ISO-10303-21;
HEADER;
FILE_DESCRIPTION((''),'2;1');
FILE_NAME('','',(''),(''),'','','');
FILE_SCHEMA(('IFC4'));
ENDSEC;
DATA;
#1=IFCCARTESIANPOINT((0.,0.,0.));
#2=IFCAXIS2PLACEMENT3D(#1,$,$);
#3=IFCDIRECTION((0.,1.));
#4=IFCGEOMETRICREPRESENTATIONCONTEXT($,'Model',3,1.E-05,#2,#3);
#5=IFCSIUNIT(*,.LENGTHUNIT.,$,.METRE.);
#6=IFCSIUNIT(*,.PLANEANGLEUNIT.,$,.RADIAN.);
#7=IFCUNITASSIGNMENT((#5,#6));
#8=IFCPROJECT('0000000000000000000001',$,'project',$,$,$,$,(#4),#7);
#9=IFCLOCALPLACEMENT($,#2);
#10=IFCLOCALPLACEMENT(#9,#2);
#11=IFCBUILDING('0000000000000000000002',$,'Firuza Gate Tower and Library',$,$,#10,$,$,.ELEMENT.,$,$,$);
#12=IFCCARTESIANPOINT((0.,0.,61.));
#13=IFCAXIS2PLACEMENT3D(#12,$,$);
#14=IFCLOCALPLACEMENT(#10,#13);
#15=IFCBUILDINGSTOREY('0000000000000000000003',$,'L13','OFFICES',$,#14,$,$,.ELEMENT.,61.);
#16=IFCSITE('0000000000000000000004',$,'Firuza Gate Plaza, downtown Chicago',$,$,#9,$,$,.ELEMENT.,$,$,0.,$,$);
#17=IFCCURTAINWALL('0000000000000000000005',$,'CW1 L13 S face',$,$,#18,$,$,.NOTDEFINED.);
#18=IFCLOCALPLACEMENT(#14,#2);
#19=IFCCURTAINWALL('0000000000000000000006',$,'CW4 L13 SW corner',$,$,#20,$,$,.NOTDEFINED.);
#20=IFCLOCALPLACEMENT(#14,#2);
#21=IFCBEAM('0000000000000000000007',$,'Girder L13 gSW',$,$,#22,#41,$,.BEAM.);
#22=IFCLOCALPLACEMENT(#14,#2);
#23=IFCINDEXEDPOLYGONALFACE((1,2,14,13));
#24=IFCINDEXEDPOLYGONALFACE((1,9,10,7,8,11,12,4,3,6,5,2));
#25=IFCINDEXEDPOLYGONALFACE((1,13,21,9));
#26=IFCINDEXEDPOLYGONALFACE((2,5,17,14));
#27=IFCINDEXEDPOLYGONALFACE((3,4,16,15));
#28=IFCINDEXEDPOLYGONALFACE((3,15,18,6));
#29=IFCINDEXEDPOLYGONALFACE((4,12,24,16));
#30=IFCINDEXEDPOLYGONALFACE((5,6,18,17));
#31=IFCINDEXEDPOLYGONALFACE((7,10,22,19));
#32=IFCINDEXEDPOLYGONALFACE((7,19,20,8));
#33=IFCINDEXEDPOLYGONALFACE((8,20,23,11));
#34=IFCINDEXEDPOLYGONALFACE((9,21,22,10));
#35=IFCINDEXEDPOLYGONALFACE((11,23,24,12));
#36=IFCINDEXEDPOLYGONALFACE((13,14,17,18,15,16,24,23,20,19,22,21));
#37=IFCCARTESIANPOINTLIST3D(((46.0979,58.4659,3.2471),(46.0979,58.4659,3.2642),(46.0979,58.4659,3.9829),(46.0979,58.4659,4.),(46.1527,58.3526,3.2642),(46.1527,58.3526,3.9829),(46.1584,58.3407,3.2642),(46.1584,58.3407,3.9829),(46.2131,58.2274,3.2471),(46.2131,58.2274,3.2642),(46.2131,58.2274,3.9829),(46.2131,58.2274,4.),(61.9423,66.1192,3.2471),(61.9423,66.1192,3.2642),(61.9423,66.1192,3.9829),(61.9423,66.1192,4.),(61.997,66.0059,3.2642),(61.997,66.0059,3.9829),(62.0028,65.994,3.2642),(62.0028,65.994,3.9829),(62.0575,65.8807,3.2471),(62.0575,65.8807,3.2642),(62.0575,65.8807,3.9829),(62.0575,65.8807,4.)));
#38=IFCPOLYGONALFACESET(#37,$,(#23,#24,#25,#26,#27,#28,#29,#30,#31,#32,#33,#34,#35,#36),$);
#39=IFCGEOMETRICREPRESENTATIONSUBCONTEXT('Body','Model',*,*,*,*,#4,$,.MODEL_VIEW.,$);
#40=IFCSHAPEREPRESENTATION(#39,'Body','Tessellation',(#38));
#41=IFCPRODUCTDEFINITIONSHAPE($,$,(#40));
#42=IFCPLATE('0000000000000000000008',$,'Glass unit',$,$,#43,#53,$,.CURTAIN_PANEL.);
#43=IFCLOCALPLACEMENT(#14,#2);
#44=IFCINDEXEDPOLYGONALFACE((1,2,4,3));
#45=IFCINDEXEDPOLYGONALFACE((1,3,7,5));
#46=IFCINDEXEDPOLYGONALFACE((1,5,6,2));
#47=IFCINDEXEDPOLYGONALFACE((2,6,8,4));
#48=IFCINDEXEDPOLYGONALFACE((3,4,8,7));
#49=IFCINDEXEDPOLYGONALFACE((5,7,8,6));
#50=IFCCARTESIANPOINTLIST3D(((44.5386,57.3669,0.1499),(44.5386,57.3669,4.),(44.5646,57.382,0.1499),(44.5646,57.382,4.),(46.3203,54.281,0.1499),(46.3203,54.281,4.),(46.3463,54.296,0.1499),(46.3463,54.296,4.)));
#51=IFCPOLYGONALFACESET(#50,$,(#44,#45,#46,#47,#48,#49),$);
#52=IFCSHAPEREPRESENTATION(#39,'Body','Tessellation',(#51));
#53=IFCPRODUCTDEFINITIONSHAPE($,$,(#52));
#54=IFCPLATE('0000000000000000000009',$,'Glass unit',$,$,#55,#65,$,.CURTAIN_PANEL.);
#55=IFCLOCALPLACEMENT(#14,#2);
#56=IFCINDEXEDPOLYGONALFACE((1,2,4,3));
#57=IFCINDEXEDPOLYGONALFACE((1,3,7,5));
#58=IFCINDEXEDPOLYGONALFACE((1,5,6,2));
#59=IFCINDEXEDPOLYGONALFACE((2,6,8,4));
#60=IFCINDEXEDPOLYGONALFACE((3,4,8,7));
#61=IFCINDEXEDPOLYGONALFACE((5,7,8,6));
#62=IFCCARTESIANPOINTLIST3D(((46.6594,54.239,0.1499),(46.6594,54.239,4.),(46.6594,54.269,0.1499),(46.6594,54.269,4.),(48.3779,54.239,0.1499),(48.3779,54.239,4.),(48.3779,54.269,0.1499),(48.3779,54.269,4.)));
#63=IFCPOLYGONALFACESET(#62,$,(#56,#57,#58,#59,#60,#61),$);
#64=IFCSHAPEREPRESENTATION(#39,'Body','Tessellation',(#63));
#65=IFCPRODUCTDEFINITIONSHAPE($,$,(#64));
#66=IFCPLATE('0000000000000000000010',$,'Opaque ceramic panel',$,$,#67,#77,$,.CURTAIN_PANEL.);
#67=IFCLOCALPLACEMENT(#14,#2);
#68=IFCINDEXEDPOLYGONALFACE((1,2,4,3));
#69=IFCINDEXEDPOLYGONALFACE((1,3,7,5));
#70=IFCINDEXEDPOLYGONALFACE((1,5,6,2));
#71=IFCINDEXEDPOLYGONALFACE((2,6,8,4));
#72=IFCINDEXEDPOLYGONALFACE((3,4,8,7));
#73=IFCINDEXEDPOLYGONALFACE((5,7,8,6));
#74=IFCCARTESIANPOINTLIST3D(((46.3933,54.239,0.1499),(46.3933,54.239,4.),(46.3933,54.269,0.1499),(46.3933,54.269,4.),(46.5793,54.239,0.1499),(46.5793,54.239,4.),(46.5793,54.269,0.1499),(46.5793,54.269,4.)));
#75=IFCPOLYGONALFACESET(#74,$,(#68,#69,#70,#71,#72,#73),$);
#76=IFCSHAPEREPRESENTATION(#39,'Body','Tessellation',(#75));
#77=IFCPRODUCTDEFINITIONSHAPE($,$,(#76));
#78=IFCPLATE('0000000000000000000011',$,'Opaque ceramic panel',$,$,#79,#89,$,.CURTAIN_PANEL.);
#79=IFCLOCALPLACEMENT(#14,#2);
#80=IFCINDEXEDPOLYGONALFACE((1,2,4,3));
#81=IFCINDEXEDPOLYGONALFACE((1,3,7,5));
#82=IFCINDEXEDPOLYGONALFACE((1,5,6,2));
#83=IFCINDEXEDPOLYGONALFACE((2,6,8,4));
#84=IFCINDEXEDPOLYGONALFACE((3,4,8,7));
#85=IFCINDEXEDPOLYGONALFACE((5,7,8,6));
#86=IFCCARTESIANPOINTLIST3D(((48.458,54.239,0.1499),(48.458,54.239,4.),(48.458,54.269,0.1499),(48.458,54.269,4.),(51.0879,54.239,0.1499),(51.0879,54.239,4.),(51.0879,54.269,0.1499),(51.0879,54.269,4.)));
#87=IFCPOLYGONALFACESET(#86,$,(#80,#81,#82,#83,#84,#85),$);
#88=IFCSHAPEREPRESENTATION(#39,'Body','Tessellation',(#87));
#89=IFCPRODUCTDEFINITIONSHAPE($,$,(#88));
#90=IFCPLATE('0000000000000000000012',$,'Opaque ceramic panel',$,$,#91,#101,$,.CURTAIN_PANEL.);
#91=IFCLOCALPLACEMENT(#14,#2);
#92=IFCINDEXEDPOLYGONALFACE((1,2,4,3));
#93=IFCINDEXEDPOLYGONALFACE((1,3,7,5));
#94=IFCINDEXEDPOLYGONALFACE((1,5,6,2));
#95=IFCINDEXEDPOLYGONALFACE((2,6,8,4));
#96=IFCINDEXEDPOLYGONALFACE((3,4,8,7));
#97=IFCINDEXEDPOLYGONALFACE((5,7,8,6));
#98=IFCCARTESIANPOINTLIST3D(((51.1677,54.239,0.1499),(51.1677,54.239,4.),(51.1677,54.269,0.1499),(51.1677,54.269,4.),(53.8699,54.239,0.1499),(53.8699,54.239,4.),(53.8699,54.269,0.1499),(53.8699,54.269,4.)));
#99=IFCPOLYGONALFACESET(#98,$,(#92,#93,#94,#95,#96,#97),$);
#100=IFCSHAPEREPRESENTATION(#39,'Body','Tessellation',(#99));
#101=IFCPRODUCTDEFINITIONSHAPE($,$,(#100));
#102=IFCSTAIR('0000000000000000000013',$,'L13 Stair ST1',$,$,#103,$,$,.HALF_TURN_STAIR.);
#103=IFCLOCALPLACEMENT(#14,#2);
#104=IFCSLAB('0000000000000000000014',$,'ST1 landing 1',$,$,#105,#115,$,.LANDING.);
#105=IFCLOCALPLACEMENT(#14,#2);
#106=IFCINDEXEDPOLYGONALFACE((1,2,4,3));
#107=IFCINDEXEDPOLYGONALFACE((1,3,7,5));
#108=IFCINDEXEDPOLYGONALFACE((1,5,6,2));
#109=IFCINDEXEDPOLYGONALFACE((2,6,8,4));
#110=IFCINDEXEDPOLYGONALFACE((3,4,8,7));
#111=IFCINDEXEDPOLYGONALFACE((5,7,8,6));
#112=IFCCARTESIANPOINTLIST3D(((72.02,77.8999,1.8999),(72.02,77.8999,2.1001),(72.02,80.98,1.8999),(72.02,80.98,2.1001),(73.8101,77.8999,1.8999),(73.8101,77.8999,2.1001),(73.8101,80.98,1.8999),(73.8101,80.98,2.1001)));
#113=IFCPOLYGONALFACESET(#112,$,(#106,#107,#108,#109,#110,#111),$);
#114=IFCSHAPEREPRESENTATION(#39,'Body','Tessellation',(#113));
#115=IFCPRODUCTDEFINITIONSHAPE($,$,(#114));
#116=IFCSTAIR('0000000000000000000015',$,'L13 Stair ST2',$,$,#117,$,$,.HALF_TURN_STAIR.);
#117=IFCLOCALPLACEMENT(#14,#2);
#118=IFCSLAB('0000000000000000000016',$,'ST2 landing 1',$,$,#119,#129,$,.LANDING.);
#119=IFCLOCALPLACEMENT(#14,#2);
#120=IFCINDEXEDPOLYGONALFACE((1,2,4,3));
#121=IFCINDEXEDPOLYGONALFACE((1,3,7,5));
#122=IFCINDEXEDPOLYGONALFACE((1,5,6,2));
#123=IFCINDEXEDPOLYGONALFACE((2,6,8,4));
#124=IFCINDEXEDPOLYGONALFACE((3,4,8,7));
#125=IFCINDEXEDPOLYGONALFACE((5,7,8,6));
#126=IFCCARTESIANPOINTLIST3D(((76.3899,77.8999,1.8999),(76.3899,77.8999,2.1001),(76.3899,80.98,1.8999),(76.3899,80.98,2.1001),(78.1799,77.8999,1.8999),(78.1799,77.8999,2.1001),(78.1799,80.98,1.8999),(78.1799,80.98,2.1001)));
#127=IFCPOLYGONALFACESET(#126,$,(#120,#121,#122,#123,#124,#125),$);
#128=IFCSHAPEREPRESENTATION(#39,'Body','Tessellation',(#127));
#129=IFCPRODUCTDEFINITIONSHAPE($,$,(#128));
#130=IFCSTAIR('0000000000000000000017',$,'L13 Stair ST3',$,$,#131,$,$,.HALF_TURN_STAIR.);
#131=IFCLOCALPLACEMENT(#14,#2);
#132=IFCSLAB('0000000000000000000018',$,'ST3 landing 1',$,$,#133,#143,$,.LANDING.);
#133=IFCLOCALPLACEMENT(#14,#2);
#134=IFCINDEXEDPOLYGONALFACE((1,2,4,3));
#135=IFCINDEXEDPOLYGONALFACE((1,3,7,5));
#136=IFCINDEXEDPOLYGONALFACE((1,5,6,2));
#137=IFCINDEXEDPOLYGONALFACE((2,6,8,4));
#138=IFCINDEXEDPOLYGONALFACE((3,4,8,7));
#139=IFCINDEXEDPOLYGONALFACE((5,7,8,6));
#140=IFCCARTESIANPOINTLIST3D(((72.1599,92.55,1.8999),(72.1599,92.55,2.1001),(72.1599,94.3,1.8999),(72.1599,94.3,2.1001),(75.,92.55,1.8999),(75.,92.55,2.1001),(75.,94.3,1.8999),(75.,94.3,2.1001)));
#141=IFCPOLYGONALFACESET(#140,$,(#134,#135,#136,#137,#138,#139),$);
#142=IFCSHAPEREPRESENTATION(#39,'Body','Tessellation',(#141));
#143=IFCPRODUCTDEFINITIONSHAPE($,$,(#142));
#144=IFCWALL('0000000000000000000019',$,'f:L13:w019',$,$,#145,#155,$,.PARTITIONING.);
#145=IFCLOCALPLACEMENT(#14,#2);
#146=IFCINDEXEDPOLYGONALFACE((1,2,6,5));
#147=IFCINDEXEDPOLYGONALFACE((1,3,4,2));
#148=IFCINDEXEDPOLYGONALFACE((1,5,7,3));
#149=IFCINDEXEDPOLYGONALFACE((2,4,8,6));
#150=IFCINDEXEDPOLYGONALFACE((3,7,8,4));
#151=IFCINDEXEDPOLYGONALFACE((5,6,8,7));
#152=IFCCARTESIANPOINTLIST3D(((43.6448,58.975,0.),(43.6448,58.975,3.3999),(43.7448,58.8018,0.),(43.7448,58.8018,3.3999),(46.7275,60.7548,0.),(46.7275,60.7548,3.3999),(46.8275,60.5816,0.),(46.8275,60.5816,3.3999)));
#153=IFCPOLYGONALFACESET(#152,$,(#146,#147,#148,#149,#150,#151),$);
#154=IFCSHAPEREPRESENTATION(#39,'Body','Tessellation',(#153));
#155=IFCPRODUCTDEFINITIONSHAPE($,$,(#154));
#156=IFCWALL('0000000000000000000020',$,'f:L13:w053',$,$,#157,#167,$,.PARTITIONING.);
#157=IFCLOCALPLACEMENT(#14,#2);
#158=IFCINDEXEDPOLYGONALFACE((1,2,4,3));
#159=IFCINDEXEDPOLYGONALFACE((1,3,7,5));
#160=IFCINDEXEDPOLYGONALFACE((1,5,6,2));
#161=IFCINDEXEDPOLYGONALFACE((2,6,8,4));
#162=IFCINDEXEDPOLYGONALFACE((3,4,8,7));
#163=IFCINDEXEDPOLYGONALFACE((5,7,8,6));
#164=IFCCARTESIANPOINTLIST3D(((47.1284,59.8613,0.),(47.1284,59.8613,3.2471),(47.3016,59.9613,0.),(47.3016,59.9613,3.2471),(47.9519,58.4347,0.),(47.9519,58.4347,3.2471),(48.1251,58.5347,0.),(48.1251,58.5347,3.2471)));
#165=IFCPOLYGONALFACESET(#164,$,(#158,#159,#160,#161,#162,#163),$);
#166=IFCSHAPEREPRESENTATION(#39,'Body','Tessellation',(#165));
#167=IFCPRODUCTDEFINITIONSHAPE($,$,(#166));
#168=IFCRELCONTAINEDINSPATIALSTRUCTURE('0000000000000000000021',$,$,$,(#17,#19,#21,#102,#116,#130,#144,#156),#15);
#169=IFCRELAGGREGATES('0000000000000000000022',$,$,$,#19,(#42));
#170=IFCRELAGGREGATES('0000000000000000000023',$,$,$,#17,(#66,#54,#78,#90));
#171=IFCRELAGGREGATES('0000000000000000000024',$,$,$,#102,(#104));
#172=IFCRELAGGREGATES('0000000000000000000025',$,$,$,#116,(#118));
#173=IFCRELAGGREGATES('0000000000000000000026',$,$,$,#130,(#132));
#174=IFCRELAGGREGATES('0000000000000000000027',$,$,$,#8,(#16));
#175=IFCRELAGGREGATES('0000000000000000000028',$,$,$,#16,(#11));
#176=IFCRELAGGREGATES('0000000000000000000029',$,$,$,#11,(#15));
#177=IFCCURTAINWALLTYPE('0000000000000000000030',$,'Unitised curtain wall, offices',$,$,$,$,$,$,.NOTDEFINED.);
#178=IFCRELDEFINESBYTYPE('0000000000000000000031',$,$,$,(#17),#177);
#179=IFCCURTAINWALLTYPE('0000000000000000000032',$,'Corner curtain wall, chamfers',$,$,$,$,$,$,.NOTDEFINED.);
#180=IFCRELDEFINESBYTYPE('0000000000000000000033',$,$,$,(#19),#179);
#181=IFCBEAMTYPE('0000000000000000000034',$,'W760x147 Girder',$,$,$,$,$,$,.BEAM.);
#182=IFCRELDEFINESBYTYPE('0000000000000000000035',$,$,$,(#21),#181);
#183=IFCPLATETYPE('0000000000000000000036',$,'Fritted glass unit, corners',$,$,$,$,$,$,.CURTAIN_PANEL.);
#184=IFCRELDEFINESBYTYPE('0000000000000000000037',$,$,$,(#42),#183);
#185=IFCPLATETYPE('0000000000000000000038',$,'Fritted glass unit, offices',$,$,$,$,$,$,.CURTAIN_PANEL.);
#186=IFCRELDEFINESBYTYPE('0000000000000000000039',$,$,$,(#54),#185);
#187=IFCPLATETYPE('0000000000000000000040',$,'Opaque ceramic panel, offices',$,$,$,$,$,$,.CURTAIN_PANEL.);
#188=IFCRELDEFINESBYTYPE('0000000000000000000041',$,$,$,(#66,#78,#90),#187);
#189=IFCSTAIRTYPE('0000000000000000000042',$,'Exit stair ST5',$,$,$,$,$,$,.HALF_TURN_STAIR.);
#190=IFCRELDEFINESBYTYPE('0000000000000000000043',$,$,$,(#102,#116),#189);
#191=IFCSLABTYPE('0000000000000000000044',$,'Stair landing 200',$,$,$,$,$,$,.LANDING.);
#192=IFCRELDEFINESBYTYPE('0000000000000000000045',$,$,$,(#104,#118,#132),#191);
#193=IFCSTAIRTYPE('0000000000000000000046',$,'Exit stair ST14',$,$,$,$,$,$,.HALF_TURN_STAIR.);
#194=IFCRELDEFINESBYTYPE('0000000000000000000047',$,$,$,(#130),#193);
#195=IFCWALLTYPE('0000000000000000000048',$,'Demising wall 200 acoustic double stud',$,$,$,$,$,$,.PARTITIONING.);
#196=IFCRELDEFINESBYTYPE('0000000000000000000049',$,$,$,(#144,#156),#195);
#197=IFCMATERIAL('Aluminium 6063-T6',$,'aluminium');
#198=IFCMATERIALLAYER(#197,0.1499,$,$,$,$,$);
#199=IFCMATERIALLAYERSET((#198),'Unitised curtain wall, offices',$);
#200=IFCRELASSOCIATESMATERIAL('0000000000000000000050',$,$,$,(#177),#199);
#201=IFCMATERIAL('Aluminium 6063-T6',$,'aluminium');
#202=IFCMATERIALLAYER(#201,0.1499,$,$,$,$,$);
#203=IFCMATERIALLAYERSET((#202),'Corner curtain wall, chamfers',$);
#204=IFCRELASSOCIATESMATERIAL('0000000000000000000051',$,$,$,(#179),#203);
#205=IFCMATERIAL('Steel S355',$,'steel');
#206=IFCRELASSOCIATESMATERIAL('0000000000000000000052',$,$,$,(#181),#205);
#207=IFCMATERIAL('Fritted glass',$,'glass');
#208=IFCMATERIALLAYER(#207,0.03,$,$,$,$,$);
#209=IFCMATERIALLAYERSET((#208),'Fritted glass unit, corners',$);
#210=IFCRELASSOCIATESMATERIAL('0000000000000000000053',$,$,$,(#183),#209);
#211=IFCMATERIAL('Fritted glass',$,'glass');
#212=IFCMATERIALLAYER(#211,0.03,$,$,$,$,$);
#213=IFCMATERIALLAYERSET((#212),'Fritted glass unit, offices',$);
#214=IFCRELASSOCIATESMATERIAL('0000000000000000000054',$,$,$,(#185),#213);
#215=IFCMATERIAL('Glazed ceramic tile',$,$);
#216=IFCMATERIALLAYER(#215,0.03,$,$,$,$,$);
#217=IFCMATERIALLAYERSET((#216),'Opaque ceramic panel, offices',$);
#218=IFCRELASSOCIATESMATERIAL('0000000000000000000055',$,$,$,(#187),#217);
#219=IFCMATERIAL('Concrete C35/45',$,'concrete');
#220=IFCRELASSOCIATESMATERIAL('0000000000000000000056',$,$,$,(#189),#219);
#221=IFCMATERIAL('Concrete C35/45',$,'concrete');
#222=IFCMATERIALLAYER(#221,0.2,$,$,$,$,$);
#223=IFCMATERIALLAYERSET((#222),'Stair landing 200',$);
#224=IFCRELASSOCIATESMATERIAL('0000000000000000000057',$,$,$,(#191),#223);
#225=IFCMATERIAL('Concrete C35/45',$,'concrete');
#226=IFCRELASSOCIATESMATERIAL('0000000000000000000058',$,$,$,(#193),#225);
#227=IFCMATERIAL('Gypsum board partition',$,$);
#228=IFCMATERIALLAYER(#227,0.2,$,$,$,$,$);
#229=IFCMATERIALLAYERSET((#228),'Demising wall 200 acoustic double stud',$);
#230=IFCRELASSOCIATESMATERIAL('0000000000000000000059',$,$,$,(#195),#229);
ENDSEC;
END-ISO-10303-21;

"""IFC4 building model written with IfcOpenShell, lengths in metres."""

from ifc_helpers import new_model, si_unit, direction, frame, frame_2d, origin, origin_2d, place, context, subcontext, project, spatial, polyline, rectangle, i_section, outline, extrude, material, layer, layer_set, material_profile, profile_set, type_object, element, aggregate, save


model = new_model("IFC4")

# Units and contexts
model_context = context("Model", 3, precision=1e-05, world=origin(), true_north=direction((0.0, 1.0)))
body_context = subcontext(model_context, "Body", "Model", "MODEL_VIEW")
ifc_project = project(units=[si_unit("LENGTHUNIT", "METRE"), si_unit("PLANEANGLEUNIT", "RADIAN")], contexts=[model_context])

# Site, building, storey
site_placement = place(None, origin())
site = spatial("IfcSite", under=ifc_project, at=site_placement, Name="Firuza Gate Plaza, downtown Chicago", CompositionType="ELEMENT", RefElevation=0.0)
building_placement = place(site_placement, origin())
building = spatial("IfcBuilding", under=site, at=building_placement, Name="Firuza Gate Tower and Library", CompositionType="ELEMENT")
storey_placement = place(building_placement, frame((0.0, 0.0, 61.0)))
storey = spatial("IfcBuildingStorey", under=building, at=storey_placement, Name="L13", Description="OFFICES", CompositionType="ELEMENT", Elevation=61.0)

# Curtain walls
ifc_material_1 = material(Name="Aluminium 6063-T6", Category="aluminium")
ifc_layer_1 = layer(ifc_material_1, 0.1499)
ifc_layer_set_1 = layer_set([ifc_layer_1], Name="Unitised curtain wall, offices")
curtain_wall_type_1 = type_object("IfcCurtainWallType", Name="Unitised curtain wall, offices", PredefinedType="NOTDEFINED", material=ifc_layer_set_1)
placement_1 = place(storey_placement, origin())
curtain_wall_1 = element("IfcCurtainWall", 1, at=placement_1, inside=storey, type_object=curtain_wall_type_1, Name="CW1 L13 S face", PredefinedType="NOTDEFINED")
ifc_material_2 = material(Name="Aluminium 6063-T6", Category="aluminium")
ifc_layer_2 = layer(ifc_material_2, 0.1499)
ifc_layer_set_2 = layer_set([ifc_layer_2], Name="Corner curtain wall, chamfers")
curtain_wall_type_2 = type_object("IfcCurtainWallType", Name="Corner curtain wall, chamfers", PredefinedType="NOTDEFINED", material=ifc_layer_set_2)
curtain_wall_2 = element("IfcCurtainWall", 2, at=placement_1, inside=storey, type_object=curtain_wall_type_2, Name="CW4 L13 SW corner", PredefinedType="NOTDEFINED")

# Beam
ifc_material_3 = material(Name="Steel S355", Category="steel")
ifc_material_profile_1 = material_profile(ifc_material_3, i_section(OverallWidth=0.2649, OverallDepth=0.7529, WebThickness=0.0132, FlangeThickness=0.0171, at=origin_2d()))
ifc_profile_set_1 = profile_set([ifc_material_profile_1], Name="Steel S355")
beam_type_1 = type_object("IfcBeamType", Name="W760x147 Girder", PredefinedType="BEAM", material=ifc_profile_set_1)
beam_1_placement = place(storey_placement, frame((46.1555, 58.3467, 3.6235), z_axis=(0.900457, 0.434945, 0.0), x_axis=(-0.434945, 0.900457, 0.0)))
element("IfcBeam", 3, at=beam_1_placement, inside=storey, type_object=beam_type_1, Name="Girder L13 gSW", PredefinedType="BEAM", context=body_context, shape_type="SweptSolid", body=[
    extrude(i_section(OverallWidth=0.2649, OverallDepth=0.7529, WebThickness=0.0132, FlangeThickness=0.0171, at=origin_2d()), origin(), (0.0, 0.0, 1.0), 17.5959),
])

# Plates
ifc_material_4 = material(Name="Fritted glass", Category="glass")
ifc_layer_3 = layer(ifc_material_4, 0.03)
ifc_layer_set_3 = layer_set([ifc_layer_3], Name="Fritted glass unit, corners")
plate_type_1 = type_object("IfcPlateType", Name="Fritted glass unit, corners", PredefinedType="CURTAIN_PANEL", material=ifc_layer_set_3)
plate_1_placement = place(storey_placement, frame((44.5386, 57.3669, 0.1499), z_axis=(-0.866017, -0.500015, 0.0), x_axis=(0.500015, -0.866017, 0.0)))
plate_1 = element("IfcPlate", 4, at=plate_1_placement, type_object=plate_type_1, Name="Glass unit", PredefinedType="CURTAIN_PANEL", context=body_context, shape_type="SweptSolid", body=[
    extrude(outline(polyline([(0.0, 0.0), (3.5634, 0.0), (3.5634, 3.8501), (0.0, 3.8501), (0.0, 0.0)])), origin(), (0.0, 0.0, -1.0), 0.03),
])
aggregate(curtain_wall_2, [plate_1])
ifc_material_5 = material(Name="Fritted glass", Category="glass")
ifc_layer_4 = layer(ifc_material_5, 0.03)
ifc_layer_set_4 = layer_set([ifc_layer_4], Name="Fritted glass unit, offices")
plate_type_2 = type_object("IfcPlateType", Name="Fritted glass unit, offices", PredefinedType="CURTAIN_PANEL", material=ifc_layer_set_4)
plate_2_placement = place(storey_placement, frame((46.6594, 54.239, 0.1499), z_axis=(0.0, -1.0, 0.0), x_axis=(1.0, 0.0, 0.0)))
plate_2 = element("IfcPlate", 5, at=plate_2_placement, type_object=plate_type_2, Name="Glass unit", PredefinedType="CURTAIN_PANEL", context=body_context, shape_type="SweptSolid", body=[
    extrude(outline(polyline([(0.0, 0.0), (1.7185, 0.0), (1.7185, 3.8501), (0.0, 3.8501), (0.0, 0.0)])), origin(), (0.0, 0.0, -1.0), 0.03),
])
ifc_material_6 = material(Name="Glazed ceramic tile")
ifc_layer_5 = layer(ifc_material_6, 0.03)
ifc_layer_set_5 = layer_set([ifc_layer_5], Name="Opaque ceramic panel, offices")
plate_type_3 = type_object("IfcPlateType", Name="Opaque ceramic panel, offices", PredefinedType="CURTAIN_PANEL", material=ifc_layer_set_5)
plate_3_placement = place(storey_placement, frame((46.3933, 54.239, 0.1499), z_axis=(0.0, -1.0, 0.0), x_axis=(1.0, 0.0, 0.0)))
plate_3 = element("IfcPlate", 6, at=plate_3_placement, type_object=plate_type_3, Name="Opaque ceramic panel", PredefinedType="CURTAIN_PANEL", context=body_context, shape_type="SweptSolid", body=[
    extrude(outline(polyline([(0.0, 0.0), (0.186, 0.0), (0.186, 3.8501), (0.0, 3.8501), (0.0, 0.0)])), origin(), (0.0, 0.0, -1.0), 0.03),
])
plate_4_placement = place(storey_placement, frame((48.458, 54.239, 0.1499), z_axis=(0.0, -1.0, 0.0), x_axis=(1.0, 0.0, 0.0)))
plate_4 = element("IfcPlate", 7, at=plate_4_placement, type_object=plate_type_3, Name="Opaque ceramic panel", PredefinedType="CURTAIN_PANEL", context=body_context, shape_type="SweptSolid", body=[
    extrude(outline(polyline([(0.0, 0.0), (2.6299, 0.0), (2.6299, 3.8501), (0.0, 3.8501), (0.0, 0.0)])), origin(), (0.0, 0.0, -1.0), 0.03),
])
plate_5_placement = place(storey_placement, frame((51.1677, 54.239, 0.1499), z_axis=(0.0, -1.0, 0.0), x_axis=(1.0, 0.0, 0.0)))
plate_5 = element("IfcPlate", 8, at=plate_5_placement, type_object=plate_type_3, Name="Opaque ceramic panel", PredefinedType="CURTAIN_PANEL", context=body_context, shape_type="SweptSolid", body=[
    extrude(outline(polyline([(0.0, 0.0), (2.7021, 0.0), (2.7021, 3.8501), (0.0, 3.8501), (0.0, 0.0)])), origin(), (0.0, 0.0, -1.0), 0.03),
])
aggregate(curtain_wall_1, [plate_3, plate_2, plate_4, plate_5])

# Stairs, slabs
ifc_material_7 = material(Name="Concrete C35/45", Category="concrete")
stair_type_1 = type_object("IfcStairType", Name="Exit stair ST5", PredefinedType="HALF_TURN_STAIR", material=ifc_material_7)
stair_1 = element("IfcStair", 9, at=placement_1, inside=storey, type_object=stair_type_1, Name="L13 Stair ST1", PredefinedType="HALF_TURN_STAIR")
ifc_material_8 = material(Name="Concrete C35/45", Category="concrete")
ifc_layer_6 = layer(ifc_material_8, 0.2)
ifc_layer_set_6 = layer_set([ifc_layer_6], Name="Stair landing 200")
slab_type_1 = type_object("IfcSlabType", Name="Stair landing 200", PredefinedType="LANDING", material=ifc_layer_set_6)
placement_2 = place(storey_placement, frame((0.0, 0.0, 1.8999)))
slab_1 = element("IfcSlab", 10, at=placement_2, type_object=slab_type_1, Name="ST1 landing 1", PredefinedType="LANDING", context=body_context, shape_type="SweptSolid", body=[
    extrude(outline(polyline([(72.02, 77.8999), (73.8101, 77.8999), (73.8101, 80.98), (72.02, 80.98), (72.02, 77.8999)])), origin(), (0.0, 0.0, 1.0), 0.2002),
])
aggregate(stair_1, [slab_1])
stair_2 = element("IfcStair", 11, at=placement_1, inside=storey, type_object=stair_type_1, Name="L13 Stair ST2", PredefinedType="HALF_TURN_STAIR")
slab_2 = element("IfcSlab", 12, at=placement_2, type_object=slab_type_1, Name="ST2 landing 1", PredefinedType="LANDING", context=body_context, shape_type="SweptSolid", body=[
    extrude(outline(polyline([(78.1799, 80.98), (76.3899, 80.98), (76.3899, 77.8999), (78.1799, 77.8999), (78.1799, 80.98)])), origin(), (0.0, 0.0, 1.0), 0.2002),
])
aggregate(stair_2, [slab_2])
ifc_material_9 = material(Name="Concrete C35/45", Category="concrete")
stair_type_2 = type_object("IfcStairType", Name="Exit stair ST14", PredefinedType="HALF_TURN_STAIR", material=ifc_material_9)
stair_3 = element("IfcStair", 13, at=placement_1, inside=storey, type_object=stair_type_2, Name="L13 Stair ST3", PredefinedType="HALF_TURN_STAIR")
slab_3 = element("IfcSlab", 14, at=placement_2, type_object=slab_type_1, Name="ST3 landing 1", PredefinedType="LANDING", context=body_context, shape_type="SweptSolid", body=[
    extrude(outline(polyline([(75.0, 92.55), (75.0, 94.3), (72.1599, 94.3), (72.1599, 92.55), (75.0, 92.55)])), origin(), (0.0, 0.0, 1.0), 0.2002),
])
aggregate(stair_3, [slab_3])

# Walls
ifc_material_10 = material(Name="Gypsum board partition")
ifc_layer_7 = layer(ifc_material_10, 0.2)
ifc_layer_set_7 = layer_set([ifc_layer_7], Name="Demising wall 200 acoustic double stud")
wall_type_1 = type_object("IfcWallType", Name="Demising wall 200 acoustic double stud", PredefinedType="PARTITIONING", material=ifc_layer_set_7)
wall_1_placement = place(storey_placement, frame((43.6948, 58.8884, 0.0), z_axis=(0.0, 0.0, 1.0), x_axis=(0.866031, 0.49999, 0.0)))
element("IfcWall", 15, at=wall_1_placement, inside=storey, type_object=wall_type_1, Name="f:L13:w019", PredefinedType="PARTITIONING", context=body_context, shape_type="SweptSolid", body=[
    extrude(rectangle(XDim=3.5596, YDim=0.2, at=frame_2d((1.7798, 0.0))), origin(), (0.0, 0.0, 1.0), 3.3999),
])
wall_2_placement = place(storey_placement, frame((48.0386, 58.4846, 0.0), z_axis=(0.0, 0.0, 1.0), x_axis=(-0.499949, 0.866055, 0.0)))
element("IfcWall", 16, at=wall_2_placement, inside=storey, type_object=wall_type_1, Name="f:L13:w053", PredefinedType="PARTITIONING", context=body_context, shape_type="SweptSolid", body=[
    extrude(rectangle(XDim=1.6472, YDim=0.2, at=frame_2d((0.8237, 0.0))), origin(), (0.0, 0.0, 1.0), 3.2471),
])

save(model, "model.ifc")
